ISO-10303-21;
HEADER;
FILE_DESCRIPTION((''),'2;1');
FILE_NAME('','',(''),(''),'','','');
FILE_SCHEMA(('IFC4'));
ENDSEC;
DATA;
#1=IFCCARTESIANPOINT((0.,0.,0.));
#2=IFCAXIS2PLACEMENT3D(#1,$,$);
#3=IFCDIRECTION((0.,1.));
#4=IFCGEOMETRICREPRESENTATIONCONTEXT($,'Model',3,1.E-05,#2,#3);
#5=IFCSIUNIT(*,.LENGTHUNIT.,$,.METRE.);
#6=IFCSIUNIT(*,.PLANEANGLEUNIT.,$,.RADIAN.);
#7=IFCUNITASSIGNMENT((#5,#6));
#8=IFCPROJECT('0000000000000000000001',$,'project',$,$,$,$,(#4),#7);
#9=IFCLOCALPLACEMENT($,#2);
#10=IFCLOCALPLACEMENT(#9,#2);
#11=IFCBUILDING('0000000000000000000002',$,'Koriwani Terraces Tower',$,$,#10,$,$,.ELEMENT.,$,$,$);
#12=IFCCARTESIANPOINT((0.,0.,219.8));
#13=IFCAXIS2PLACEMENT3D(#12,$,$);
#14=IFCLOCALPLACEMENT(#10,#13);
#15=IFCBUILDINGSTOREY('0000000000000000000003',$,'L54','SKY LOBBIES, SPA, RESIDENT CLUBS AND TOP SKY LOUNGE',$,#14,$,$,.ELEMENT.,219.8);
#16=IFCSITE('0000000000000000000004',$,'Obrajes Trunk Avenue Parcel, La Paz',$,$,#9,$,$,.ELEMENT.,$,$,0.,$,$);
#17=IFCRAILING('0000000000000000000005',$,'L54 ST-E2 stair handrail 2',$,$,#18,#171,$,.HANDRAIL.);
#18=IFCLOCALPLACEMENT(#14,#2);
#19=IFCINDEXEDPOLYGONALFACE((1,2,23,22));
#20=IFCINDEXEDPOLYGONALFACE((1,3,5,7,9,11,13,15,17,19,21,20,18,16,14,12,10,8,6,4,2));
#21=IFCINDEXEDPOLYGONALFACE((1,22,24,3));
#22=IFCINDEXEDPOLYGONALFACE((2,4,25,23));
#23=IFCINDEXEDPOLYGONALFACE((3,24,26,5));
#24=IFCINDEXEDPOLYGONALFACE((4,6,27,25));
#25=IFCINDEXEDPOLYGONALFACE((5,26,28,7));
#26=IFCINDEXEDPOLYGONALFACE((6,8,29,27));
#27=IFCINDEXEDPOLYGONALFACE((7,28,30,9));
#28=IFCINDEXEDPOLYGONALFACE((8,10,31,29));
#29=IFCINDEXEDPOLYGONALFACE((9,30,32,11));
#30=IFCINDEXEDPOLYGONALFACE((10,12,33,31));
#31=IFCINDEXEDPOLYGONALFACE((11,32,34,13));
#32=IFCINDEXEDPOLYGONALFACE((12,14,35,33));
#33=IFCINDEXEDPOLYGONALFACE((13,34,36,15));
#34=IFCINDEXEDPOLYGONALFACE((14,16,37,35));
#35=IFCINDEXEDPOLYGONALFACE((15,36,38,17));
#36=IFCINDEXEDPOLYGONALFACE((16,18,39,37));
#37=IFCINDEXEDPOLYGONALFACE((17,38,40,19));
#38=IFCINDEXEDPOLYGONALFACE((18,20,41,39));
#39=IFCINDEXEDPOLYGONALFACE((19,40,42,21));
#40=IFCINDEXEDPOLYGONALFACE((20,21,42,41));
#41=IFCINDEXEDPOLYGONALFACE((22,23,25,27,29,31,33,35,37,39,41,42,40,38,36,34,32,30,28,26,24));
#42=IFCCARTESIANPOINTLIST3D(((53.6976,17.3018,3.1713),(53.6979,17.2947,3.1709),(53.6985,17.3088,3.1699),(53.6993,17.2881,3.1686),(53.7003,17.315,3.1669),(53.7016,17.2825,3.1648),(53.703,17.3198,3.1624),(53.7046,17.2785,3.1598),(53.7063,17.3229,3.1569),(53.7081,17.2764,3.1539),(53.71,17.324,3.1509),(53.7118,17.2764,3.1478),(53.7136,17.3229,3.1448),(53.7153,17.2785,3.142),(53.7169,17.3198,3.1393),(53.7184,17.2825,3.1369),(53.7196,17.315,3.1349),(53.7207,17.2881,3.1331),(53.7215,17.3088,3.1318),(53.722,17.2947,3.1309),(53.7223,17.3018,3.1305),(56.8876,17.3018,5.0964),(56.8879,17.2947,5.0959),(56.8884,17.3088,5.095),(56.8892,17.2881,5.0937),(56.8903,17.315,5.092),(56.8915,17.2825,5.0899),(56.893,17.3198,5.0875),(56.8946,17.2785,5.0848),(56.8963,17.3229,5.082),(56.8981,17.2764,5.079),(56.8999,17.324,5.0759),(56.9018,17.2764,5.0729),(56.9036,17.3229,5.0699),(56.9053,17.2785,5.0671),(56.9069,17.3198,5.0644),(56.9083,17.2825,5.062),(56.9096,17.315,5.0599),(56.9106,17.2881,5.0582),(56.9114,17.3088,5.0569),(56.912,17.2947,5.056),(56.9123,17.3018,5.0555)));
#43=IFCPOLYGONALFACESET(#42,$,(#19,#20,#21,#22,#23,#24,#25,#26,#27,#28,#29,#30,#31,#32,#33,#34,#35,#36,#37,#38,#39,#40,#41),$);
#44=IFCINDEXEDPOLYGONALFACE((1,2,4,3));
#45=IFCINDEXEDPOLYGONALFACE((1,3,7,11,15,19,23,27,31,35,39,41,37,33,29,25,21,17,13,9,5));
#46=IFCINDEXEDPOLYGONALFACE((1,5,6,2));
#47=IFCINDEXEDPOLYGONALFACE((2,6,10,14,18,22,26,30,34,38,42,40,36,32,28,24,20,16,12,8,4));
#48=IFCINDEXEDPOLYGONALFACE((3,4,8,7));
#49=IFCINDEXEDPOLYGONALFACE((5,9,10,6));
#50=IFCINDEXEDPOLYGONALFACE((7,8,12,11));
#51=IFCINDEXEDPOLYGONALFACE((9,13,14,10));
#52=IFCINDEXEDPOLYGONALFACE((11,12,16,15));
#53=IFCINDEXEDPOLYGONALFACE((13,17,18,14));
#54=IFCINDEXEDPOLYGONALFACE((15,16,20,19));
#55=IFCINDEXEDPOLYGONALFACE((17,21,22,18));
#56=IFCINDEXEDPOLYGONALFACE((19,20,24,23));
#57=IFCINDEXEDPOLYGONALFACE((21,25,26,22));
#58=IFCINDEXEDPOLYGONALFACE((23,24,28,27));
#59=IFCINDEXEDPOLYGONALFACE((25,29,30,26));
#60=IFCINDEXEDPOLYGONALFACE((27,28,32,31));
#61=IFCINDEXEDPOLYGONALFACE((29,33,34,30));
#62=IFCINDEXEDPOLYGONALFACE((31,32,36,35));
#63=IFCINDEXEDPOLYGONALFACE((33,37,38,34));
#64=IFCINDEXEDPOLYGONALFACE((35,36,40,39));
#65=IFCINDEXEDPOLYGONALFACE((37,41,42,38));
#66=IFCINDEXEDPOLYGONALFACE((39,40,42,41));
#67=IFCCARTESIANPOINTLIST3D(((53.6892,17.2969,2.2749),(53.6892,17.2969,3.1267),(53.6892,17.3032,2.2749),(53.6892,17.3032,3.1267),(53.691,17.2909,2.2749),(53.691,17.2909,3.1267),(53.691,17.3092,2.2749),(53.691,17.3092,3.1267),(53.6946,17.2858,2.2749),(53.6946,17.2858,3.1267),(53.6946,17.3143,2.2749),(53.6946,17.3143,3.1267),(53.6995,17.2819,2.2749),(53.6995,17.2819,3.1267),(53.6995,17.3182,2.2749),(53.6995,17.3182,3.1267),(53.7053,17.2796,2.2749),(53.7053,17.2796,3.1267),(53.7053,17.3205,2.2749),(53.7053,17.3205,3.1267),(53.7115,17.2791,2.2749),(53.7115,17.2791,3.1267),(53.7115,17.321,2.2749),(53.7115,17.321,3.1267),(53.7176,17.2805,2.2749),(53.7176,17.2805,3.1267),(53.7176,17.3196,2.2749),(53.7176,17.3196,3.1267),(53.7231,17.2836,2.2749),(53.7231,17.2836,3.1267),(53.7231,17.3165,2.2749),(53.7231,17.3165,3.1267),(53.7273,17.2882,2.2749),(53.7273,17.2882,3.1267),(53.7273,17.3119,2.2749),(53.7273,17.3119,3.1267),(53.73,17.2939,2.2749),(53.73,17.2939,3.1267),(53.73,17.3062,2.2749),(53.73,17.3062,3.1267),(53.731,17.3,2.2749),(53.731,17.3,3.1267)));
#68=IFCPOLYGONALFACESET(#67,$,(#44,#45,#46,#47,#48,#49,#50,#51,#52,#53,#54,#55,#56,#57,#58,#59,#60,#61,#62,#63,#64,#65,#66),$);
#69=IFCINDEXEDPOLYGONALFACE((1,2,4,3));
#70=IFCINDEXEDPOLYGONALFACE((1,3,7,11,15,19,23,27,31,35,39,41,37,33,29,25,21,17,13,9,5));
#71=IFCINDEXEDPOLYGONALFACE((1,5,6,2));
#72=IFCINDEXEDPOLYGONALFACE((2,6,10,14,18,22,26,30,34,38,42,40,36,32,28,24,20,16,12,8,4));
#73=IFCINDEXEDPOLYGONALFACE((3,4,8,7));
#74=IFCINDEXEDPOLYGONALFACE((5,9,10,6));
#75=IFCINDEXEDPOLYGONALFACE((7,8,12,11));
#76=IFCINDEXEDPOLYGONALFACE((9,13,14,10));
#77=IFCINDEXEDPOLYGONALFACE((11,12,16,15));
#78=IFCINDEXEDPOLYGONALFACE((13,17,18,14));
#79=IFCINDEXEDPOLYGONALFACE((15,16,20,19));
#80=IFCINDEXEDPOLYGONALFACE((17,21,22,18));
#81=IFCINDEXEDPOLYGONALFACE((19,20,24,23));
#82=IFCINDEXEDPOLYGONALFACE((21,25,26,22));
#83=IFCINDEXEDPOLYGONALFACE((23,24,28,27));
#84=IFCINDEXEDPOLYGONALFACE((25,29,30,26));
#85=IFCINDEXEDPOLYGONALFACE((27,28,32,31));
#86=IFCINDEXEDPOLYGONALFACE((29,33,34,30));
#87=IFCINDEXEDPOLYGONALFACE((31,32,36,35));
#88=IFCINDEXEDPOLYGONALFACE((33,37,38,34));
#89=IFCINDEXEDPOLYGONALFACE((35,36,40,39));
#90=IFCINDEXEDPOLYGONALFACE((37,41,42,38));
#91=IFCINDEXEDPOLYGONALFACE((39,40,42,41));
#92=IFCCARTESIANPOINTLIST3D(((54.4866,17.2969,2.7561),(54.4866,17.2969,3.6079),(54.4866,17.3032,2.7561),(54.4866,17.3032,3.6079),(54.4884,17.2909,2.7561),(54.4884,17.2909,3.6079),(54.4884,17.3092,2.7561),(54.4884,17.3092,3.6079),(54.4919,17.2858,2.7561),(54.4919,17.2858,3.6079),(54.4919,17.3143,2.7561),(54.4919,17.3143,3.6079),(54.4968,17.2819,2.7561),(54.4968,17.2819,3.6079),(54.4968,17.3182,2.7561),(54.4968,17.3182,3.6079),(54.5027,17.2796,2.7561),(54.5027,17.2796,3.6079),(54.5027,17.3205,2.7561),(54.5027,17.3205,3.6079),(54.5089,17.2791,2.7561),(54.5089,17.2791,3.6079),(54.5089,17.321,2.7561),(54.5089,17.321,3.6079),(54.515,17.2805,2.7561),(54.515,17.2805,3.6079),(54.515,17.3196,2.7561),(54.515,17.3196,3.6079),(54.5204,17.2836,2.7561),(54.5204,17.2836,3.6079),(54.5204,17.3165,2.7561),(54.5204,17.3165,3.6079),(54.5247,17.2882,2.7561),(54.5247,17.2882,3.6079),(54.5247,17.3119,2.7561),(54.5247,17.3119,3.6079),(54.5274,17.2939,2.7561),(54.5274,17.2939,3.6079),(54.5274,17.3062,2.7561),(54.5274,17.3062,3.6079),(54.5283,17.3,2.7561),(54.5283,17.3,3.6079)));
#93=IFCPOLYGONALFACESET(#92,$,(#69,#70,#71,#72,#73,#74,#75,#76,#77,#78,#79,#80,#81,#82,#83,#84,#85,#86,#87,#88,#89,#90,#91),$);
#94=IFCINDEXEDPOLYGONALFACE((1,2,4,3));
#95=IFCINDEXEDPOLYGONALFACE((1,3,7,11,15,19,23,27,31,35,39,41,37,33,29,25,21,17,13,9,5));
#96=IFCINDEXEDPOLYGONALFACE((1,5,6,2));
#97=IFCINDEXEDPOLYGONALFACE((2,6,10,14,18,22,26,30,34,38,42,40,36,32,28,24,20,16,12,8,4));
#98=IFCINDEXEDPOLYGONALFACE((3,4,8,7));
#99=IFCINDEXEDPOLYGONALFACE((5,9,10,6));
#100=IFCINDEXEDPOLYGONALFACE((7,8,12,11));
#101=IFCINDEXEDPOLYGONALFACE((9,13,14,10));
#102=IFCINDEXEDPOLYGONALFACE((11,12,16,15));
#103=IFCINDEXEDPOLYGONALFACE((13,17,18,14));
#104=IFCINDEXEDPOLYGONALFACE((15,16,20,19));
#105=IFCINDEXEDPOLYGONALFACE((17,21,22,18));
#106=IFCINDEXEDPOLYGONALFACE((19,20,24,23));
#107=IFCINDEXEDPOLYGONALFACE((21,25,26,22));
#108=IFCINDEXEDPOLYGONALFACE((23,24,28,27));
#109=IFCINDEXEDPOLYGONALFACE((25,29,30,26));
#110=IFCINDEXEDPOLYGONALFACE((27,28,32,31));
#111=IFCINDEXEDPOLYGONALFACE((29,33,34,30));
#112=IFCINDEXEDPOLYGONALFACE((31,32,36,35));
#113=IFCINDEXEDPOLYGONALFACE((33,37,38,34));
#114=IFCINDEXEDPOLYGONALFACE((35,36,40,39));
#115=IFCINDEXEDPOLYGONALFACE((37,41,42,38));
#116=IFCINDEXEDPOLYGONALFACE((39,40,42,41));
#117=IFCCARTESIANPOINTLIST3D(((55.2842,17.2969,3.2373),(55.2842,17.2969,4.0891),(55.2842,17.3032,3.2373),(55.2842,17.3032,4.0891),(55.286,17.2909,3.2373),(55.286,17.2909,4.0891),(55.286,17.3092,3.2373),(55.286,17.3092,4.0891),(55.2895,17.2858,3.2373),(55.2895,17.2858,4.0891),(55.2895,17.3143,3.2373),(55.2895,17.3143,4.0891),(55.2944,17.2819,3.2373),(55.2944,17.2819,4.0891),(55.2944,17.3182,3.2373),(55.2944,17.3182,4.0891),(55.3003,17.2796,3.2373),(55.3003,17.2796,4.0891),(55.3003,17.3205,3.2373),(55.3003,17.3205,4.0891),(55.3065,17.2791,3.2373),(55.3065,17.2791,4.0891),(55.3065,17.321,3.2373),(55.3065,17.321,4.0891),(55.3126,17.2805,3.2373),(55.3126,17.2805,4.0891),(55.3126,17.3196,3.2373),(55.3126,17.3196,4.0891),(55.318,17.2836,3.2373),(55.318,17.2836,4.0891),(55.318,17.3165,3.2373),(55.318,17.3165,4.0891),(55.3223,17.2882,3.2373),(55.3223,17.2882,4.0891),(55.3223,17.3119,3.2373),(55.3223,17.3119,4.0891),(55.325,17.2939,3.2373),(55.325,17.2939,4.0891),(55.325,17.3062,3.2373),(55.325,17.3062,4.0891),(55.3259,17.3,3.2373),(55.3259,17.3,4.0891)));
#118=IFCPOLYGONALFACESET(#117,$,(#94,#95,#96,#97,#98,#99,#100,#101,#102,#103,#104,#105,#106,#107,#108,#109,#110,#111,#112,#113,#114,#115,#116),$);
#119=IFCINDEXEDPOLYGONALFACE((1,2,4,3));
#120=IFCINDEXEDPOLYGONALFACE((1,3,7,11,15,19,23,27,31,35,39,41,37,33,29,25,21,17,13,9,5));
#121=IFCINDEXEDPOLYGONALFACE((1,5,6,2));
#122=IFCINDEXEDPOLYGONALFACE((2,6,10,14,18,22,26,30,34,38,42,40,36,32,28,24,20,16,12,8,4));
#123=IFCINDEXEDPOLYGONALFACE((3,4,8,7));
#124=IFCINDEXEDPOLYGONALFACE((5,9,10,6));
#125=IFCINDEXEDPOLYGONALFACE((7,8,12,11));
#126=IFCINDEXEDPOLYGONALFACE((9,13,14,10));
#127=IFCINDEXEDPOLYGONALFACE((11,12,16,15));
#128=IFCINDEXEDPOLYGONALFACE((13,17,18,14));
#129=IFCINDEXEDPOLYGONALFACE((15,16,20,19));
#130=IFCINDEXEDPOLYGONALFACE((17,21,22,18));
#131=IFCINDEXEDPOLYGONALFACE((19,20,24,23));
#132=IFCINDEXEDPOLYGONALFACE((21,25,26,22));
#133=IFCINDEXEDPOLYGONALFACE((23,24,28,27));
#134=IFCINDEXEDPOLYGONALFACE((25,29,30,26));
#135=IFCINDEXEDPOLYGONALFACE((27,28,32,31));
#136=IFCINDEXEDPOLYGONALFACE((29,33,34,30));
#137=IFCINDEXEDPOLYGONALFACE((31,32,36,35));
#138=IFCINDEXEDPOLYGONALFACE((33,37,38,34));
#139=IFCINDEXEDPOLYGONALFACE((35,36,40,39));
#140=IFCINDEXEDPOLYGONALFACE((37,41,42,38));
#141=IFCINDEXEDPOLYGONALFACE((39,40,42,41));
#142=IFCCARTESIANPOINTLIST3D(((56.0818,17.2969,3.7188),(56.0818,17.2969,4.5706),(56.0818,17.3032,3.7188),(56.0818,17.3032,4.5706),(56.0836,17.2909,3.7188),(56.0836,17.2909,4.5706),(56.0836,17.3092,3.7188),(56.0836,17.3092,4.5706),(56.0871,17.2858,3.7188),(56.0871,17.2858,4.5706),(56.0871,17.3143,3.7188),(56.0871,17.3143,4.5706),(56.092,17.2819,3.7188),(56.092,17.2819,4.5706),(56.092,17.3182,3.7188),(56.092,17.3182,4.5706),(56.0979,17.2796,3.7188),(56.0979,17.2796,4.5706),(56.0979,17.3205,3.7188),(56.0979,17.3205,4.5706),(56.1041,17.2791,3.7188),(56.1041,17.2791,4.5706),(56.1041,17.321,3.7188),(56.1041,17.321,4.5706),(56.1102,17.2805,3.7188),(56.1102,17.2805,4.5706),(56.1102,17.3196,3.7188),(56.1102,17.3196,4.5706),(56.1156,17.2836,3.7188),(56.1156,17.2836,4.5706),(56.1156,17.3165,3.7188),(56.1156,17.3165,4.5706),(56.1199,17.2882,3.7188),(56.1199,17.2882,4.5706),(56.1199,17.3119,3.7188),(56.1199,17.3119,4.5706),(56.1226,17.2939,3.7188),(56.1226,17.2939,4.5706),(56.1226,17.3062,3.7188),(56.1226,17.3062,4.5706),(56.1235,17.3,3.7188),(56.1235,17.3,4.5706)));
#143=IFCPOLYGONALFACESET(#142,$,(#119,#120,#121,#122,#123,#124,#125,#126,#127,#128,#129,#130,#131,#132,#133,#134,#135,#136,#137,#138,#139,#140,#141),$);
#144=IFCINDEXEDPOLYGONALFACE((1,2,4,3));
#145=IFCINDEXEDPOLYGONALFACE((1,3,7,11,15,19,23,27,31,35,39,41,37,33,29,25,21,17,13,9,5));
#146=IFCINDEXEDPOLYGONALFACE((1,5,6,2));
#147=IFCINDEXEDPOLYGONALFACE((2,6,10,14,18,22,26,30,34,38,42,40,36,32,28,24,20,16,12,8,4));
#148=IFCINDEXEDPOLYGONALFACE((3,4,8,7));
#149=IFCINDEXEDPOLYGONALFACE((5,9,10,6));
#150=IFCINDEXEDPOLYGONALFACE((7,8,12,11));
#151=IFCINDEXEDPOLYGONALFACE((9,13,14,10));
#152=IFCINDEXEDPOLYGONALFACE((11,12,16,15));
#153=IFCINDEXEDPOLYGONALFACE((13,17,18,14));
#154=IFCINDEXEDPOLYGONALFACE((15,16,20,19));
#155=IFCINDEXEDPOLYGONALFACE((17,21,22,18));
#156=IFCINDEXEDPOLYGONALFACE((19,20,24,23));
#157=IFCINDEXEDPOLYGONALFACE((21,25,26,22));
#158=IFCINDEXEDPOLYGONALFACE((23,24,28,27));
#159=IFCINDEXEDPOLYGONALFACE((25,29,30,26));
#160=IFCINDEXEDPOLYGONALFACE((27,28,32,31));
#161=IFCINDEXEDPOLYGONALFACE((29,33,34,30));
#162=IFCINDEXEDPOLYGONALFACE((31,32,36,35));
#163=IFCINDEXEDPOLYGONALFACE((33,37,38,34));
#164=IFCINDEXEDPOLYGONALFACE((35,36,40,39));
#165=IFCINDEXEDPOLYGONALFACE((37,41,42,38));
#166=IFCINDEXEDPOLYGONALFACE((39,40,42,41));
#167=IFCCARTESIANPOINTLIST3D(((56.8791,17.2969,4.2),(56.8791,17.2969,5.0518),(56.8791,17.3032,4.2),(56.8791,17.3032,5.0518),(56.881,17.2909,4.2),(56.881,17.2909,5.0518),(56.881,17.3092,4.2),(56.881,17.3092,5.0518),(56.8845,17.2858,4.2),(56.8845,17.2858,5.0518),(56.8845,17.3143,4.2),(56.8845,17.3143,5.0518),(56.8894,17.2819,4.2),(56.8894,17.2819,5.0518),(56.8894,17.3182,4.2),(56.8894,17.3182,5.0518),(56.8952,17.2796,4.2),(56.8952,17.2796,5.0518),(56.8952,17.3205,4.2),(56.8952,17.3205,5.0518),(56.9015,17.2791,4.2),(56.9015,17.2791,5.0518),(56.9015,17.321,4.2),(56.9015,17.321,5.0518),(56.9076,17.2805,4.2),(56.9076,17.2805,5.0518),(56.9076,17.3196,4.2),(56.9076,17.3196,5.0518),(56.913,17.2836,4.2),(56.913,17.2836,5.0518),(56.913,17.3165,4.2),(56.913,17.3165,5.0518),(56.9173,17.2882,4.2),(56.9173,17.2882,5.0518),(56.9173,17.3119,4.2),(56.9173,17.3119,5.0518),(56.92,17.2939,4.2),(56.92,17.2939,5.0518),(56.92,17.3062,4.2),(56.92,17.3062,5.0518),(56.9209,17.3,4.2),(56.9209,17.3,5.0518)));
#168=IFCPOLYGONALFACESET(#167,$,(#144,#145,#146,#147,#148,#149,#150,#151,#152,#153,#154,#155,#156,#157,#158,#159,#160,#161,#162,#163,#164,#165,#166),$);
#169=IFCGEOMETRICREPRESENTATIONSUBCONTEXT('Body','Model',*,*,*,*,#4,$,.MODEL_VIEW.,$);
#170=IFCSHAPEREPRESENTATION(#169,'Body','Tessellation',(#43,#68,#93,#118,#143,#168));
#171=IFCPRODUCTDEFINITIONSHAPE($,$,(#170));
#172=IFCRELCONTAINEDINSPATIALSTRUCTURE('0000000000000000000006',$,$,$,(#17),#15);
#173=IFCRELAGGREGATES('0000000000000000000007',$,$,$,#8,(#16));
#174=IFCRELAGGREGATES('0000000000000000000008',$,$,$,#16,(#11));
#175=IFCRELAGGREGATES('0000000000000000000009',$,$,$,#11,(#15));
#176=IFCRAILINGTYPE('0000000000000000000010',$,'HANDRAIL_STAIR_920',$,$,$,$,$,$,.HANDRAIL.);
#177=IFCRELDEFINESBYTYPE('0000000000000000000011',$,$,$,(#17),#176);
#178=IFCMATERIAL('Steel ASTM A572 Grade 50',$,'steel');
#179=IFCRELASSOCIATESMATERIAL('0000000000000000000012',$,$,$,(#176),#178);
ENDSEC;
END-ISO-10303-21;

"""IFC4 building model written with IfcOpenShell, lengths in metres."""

from ifc_helpers import new_model, si_unit, direction, frame, origin, origin_2d, place, context, subcontext, project, spatial, circle, extrude, material, type_object, element, save


model = new_model("IFC4")

# Units and contexts
model_context = context("Model", 3, precision=1e-05, world=origin(), true_north=direction((0.0, 1.0)))
body_context = subcontext(model_context, "Body", "Model", "MODEL_VIEW")
ifc_project = project(units=[si_unit("LENGTHUNIT", "METRE"), si_unit("PLANEANGLEUNIT", "RADIAN")], contexts=[model_context])

# Site, building, storey
site_placement = place(None, origin())
site = spatial("IfcSite", under=ifc_project, at=site_placement, Name="Obrajes Trunk Avenue Parcel, La Paz", CompositionType="ELEMENT", RefElevation=0.0)
building_placement = place(site_placement, origin())
building = spatial("IfcBuilding", under=site, at=building_placement, Name="Koriwani Terraces Tower", CompositionType="ELEMENT")
storey_placement = place(building_placement, frame((0.0, 0.0, 219.8)))
storey = spatial("IfcBuildingStorey", under=building, at=storey_placement, Name="L54", Description="SKY LOBBIES, SPA, RESIDENT CLUBS AND TOP SKY LOUNGE", CompositionType="ELEMENT", Elevation=219.8)

# Shared definitions
ifc_material_1 = material(Name="Steel ASTM A572 Grade 50", Category="steel")

# Railing
railing_type_1 = type_object("IfcRailingType", Name="HANDRAIL_STAIR_920", PredefinedType="HANDRAIL", material=ifc_material_1)
railing_1_placement = place(storey_placement, frame((53.71, 17.3, 2.2749)))
element("IfcRailing", 1, at=railing_1_placement, inside=storey, type_object=railing_type_1, Name="L54 ST-E2 stair handrail 2", PredefinedType="HANDRAIL", context=body_context, shape_type="SweptSolid", body=[
    extrude(circle(Radius=0.0239, at=origin_2d()), frame((0.0, 0.0, 0.876), z_axis=(0.856178, 0.0, 0.516682), x_axis=(0.0, 1.0, 0.0)), (0.0, 0.0, 1.0), 3.7258),
    extrude(circle(Radius=0.021, at=origin_2d()), origin(), (0.0, 0.0, 1.0), 0.8518),
    extrude(circle(Radius=0.021, at=origin_2d()), frame((0.7974, 0.0, 0.4812)), (0.0, 0.0, 1.0), 0.8518),
    extrude(circle(Radius=0.021, at=origin_2d()), frame((1.595, 0.0, 0.9624)), (0.0, 0.0, 1.0), 0.8518),
    extrude(circle(Radius=0.021, at=origin_2d()), frame((2.3926, 0.0, 1.4438)), (0.0, 0.0, 1.0), 0.8518),
    extrude(circle(Radius=0.021, at=origin_2d()), frame((3.1899, 0.0, 1.925)), (0.0, 0.0, 1.0), 0.8518),
])

save(model, "model.ifc")
